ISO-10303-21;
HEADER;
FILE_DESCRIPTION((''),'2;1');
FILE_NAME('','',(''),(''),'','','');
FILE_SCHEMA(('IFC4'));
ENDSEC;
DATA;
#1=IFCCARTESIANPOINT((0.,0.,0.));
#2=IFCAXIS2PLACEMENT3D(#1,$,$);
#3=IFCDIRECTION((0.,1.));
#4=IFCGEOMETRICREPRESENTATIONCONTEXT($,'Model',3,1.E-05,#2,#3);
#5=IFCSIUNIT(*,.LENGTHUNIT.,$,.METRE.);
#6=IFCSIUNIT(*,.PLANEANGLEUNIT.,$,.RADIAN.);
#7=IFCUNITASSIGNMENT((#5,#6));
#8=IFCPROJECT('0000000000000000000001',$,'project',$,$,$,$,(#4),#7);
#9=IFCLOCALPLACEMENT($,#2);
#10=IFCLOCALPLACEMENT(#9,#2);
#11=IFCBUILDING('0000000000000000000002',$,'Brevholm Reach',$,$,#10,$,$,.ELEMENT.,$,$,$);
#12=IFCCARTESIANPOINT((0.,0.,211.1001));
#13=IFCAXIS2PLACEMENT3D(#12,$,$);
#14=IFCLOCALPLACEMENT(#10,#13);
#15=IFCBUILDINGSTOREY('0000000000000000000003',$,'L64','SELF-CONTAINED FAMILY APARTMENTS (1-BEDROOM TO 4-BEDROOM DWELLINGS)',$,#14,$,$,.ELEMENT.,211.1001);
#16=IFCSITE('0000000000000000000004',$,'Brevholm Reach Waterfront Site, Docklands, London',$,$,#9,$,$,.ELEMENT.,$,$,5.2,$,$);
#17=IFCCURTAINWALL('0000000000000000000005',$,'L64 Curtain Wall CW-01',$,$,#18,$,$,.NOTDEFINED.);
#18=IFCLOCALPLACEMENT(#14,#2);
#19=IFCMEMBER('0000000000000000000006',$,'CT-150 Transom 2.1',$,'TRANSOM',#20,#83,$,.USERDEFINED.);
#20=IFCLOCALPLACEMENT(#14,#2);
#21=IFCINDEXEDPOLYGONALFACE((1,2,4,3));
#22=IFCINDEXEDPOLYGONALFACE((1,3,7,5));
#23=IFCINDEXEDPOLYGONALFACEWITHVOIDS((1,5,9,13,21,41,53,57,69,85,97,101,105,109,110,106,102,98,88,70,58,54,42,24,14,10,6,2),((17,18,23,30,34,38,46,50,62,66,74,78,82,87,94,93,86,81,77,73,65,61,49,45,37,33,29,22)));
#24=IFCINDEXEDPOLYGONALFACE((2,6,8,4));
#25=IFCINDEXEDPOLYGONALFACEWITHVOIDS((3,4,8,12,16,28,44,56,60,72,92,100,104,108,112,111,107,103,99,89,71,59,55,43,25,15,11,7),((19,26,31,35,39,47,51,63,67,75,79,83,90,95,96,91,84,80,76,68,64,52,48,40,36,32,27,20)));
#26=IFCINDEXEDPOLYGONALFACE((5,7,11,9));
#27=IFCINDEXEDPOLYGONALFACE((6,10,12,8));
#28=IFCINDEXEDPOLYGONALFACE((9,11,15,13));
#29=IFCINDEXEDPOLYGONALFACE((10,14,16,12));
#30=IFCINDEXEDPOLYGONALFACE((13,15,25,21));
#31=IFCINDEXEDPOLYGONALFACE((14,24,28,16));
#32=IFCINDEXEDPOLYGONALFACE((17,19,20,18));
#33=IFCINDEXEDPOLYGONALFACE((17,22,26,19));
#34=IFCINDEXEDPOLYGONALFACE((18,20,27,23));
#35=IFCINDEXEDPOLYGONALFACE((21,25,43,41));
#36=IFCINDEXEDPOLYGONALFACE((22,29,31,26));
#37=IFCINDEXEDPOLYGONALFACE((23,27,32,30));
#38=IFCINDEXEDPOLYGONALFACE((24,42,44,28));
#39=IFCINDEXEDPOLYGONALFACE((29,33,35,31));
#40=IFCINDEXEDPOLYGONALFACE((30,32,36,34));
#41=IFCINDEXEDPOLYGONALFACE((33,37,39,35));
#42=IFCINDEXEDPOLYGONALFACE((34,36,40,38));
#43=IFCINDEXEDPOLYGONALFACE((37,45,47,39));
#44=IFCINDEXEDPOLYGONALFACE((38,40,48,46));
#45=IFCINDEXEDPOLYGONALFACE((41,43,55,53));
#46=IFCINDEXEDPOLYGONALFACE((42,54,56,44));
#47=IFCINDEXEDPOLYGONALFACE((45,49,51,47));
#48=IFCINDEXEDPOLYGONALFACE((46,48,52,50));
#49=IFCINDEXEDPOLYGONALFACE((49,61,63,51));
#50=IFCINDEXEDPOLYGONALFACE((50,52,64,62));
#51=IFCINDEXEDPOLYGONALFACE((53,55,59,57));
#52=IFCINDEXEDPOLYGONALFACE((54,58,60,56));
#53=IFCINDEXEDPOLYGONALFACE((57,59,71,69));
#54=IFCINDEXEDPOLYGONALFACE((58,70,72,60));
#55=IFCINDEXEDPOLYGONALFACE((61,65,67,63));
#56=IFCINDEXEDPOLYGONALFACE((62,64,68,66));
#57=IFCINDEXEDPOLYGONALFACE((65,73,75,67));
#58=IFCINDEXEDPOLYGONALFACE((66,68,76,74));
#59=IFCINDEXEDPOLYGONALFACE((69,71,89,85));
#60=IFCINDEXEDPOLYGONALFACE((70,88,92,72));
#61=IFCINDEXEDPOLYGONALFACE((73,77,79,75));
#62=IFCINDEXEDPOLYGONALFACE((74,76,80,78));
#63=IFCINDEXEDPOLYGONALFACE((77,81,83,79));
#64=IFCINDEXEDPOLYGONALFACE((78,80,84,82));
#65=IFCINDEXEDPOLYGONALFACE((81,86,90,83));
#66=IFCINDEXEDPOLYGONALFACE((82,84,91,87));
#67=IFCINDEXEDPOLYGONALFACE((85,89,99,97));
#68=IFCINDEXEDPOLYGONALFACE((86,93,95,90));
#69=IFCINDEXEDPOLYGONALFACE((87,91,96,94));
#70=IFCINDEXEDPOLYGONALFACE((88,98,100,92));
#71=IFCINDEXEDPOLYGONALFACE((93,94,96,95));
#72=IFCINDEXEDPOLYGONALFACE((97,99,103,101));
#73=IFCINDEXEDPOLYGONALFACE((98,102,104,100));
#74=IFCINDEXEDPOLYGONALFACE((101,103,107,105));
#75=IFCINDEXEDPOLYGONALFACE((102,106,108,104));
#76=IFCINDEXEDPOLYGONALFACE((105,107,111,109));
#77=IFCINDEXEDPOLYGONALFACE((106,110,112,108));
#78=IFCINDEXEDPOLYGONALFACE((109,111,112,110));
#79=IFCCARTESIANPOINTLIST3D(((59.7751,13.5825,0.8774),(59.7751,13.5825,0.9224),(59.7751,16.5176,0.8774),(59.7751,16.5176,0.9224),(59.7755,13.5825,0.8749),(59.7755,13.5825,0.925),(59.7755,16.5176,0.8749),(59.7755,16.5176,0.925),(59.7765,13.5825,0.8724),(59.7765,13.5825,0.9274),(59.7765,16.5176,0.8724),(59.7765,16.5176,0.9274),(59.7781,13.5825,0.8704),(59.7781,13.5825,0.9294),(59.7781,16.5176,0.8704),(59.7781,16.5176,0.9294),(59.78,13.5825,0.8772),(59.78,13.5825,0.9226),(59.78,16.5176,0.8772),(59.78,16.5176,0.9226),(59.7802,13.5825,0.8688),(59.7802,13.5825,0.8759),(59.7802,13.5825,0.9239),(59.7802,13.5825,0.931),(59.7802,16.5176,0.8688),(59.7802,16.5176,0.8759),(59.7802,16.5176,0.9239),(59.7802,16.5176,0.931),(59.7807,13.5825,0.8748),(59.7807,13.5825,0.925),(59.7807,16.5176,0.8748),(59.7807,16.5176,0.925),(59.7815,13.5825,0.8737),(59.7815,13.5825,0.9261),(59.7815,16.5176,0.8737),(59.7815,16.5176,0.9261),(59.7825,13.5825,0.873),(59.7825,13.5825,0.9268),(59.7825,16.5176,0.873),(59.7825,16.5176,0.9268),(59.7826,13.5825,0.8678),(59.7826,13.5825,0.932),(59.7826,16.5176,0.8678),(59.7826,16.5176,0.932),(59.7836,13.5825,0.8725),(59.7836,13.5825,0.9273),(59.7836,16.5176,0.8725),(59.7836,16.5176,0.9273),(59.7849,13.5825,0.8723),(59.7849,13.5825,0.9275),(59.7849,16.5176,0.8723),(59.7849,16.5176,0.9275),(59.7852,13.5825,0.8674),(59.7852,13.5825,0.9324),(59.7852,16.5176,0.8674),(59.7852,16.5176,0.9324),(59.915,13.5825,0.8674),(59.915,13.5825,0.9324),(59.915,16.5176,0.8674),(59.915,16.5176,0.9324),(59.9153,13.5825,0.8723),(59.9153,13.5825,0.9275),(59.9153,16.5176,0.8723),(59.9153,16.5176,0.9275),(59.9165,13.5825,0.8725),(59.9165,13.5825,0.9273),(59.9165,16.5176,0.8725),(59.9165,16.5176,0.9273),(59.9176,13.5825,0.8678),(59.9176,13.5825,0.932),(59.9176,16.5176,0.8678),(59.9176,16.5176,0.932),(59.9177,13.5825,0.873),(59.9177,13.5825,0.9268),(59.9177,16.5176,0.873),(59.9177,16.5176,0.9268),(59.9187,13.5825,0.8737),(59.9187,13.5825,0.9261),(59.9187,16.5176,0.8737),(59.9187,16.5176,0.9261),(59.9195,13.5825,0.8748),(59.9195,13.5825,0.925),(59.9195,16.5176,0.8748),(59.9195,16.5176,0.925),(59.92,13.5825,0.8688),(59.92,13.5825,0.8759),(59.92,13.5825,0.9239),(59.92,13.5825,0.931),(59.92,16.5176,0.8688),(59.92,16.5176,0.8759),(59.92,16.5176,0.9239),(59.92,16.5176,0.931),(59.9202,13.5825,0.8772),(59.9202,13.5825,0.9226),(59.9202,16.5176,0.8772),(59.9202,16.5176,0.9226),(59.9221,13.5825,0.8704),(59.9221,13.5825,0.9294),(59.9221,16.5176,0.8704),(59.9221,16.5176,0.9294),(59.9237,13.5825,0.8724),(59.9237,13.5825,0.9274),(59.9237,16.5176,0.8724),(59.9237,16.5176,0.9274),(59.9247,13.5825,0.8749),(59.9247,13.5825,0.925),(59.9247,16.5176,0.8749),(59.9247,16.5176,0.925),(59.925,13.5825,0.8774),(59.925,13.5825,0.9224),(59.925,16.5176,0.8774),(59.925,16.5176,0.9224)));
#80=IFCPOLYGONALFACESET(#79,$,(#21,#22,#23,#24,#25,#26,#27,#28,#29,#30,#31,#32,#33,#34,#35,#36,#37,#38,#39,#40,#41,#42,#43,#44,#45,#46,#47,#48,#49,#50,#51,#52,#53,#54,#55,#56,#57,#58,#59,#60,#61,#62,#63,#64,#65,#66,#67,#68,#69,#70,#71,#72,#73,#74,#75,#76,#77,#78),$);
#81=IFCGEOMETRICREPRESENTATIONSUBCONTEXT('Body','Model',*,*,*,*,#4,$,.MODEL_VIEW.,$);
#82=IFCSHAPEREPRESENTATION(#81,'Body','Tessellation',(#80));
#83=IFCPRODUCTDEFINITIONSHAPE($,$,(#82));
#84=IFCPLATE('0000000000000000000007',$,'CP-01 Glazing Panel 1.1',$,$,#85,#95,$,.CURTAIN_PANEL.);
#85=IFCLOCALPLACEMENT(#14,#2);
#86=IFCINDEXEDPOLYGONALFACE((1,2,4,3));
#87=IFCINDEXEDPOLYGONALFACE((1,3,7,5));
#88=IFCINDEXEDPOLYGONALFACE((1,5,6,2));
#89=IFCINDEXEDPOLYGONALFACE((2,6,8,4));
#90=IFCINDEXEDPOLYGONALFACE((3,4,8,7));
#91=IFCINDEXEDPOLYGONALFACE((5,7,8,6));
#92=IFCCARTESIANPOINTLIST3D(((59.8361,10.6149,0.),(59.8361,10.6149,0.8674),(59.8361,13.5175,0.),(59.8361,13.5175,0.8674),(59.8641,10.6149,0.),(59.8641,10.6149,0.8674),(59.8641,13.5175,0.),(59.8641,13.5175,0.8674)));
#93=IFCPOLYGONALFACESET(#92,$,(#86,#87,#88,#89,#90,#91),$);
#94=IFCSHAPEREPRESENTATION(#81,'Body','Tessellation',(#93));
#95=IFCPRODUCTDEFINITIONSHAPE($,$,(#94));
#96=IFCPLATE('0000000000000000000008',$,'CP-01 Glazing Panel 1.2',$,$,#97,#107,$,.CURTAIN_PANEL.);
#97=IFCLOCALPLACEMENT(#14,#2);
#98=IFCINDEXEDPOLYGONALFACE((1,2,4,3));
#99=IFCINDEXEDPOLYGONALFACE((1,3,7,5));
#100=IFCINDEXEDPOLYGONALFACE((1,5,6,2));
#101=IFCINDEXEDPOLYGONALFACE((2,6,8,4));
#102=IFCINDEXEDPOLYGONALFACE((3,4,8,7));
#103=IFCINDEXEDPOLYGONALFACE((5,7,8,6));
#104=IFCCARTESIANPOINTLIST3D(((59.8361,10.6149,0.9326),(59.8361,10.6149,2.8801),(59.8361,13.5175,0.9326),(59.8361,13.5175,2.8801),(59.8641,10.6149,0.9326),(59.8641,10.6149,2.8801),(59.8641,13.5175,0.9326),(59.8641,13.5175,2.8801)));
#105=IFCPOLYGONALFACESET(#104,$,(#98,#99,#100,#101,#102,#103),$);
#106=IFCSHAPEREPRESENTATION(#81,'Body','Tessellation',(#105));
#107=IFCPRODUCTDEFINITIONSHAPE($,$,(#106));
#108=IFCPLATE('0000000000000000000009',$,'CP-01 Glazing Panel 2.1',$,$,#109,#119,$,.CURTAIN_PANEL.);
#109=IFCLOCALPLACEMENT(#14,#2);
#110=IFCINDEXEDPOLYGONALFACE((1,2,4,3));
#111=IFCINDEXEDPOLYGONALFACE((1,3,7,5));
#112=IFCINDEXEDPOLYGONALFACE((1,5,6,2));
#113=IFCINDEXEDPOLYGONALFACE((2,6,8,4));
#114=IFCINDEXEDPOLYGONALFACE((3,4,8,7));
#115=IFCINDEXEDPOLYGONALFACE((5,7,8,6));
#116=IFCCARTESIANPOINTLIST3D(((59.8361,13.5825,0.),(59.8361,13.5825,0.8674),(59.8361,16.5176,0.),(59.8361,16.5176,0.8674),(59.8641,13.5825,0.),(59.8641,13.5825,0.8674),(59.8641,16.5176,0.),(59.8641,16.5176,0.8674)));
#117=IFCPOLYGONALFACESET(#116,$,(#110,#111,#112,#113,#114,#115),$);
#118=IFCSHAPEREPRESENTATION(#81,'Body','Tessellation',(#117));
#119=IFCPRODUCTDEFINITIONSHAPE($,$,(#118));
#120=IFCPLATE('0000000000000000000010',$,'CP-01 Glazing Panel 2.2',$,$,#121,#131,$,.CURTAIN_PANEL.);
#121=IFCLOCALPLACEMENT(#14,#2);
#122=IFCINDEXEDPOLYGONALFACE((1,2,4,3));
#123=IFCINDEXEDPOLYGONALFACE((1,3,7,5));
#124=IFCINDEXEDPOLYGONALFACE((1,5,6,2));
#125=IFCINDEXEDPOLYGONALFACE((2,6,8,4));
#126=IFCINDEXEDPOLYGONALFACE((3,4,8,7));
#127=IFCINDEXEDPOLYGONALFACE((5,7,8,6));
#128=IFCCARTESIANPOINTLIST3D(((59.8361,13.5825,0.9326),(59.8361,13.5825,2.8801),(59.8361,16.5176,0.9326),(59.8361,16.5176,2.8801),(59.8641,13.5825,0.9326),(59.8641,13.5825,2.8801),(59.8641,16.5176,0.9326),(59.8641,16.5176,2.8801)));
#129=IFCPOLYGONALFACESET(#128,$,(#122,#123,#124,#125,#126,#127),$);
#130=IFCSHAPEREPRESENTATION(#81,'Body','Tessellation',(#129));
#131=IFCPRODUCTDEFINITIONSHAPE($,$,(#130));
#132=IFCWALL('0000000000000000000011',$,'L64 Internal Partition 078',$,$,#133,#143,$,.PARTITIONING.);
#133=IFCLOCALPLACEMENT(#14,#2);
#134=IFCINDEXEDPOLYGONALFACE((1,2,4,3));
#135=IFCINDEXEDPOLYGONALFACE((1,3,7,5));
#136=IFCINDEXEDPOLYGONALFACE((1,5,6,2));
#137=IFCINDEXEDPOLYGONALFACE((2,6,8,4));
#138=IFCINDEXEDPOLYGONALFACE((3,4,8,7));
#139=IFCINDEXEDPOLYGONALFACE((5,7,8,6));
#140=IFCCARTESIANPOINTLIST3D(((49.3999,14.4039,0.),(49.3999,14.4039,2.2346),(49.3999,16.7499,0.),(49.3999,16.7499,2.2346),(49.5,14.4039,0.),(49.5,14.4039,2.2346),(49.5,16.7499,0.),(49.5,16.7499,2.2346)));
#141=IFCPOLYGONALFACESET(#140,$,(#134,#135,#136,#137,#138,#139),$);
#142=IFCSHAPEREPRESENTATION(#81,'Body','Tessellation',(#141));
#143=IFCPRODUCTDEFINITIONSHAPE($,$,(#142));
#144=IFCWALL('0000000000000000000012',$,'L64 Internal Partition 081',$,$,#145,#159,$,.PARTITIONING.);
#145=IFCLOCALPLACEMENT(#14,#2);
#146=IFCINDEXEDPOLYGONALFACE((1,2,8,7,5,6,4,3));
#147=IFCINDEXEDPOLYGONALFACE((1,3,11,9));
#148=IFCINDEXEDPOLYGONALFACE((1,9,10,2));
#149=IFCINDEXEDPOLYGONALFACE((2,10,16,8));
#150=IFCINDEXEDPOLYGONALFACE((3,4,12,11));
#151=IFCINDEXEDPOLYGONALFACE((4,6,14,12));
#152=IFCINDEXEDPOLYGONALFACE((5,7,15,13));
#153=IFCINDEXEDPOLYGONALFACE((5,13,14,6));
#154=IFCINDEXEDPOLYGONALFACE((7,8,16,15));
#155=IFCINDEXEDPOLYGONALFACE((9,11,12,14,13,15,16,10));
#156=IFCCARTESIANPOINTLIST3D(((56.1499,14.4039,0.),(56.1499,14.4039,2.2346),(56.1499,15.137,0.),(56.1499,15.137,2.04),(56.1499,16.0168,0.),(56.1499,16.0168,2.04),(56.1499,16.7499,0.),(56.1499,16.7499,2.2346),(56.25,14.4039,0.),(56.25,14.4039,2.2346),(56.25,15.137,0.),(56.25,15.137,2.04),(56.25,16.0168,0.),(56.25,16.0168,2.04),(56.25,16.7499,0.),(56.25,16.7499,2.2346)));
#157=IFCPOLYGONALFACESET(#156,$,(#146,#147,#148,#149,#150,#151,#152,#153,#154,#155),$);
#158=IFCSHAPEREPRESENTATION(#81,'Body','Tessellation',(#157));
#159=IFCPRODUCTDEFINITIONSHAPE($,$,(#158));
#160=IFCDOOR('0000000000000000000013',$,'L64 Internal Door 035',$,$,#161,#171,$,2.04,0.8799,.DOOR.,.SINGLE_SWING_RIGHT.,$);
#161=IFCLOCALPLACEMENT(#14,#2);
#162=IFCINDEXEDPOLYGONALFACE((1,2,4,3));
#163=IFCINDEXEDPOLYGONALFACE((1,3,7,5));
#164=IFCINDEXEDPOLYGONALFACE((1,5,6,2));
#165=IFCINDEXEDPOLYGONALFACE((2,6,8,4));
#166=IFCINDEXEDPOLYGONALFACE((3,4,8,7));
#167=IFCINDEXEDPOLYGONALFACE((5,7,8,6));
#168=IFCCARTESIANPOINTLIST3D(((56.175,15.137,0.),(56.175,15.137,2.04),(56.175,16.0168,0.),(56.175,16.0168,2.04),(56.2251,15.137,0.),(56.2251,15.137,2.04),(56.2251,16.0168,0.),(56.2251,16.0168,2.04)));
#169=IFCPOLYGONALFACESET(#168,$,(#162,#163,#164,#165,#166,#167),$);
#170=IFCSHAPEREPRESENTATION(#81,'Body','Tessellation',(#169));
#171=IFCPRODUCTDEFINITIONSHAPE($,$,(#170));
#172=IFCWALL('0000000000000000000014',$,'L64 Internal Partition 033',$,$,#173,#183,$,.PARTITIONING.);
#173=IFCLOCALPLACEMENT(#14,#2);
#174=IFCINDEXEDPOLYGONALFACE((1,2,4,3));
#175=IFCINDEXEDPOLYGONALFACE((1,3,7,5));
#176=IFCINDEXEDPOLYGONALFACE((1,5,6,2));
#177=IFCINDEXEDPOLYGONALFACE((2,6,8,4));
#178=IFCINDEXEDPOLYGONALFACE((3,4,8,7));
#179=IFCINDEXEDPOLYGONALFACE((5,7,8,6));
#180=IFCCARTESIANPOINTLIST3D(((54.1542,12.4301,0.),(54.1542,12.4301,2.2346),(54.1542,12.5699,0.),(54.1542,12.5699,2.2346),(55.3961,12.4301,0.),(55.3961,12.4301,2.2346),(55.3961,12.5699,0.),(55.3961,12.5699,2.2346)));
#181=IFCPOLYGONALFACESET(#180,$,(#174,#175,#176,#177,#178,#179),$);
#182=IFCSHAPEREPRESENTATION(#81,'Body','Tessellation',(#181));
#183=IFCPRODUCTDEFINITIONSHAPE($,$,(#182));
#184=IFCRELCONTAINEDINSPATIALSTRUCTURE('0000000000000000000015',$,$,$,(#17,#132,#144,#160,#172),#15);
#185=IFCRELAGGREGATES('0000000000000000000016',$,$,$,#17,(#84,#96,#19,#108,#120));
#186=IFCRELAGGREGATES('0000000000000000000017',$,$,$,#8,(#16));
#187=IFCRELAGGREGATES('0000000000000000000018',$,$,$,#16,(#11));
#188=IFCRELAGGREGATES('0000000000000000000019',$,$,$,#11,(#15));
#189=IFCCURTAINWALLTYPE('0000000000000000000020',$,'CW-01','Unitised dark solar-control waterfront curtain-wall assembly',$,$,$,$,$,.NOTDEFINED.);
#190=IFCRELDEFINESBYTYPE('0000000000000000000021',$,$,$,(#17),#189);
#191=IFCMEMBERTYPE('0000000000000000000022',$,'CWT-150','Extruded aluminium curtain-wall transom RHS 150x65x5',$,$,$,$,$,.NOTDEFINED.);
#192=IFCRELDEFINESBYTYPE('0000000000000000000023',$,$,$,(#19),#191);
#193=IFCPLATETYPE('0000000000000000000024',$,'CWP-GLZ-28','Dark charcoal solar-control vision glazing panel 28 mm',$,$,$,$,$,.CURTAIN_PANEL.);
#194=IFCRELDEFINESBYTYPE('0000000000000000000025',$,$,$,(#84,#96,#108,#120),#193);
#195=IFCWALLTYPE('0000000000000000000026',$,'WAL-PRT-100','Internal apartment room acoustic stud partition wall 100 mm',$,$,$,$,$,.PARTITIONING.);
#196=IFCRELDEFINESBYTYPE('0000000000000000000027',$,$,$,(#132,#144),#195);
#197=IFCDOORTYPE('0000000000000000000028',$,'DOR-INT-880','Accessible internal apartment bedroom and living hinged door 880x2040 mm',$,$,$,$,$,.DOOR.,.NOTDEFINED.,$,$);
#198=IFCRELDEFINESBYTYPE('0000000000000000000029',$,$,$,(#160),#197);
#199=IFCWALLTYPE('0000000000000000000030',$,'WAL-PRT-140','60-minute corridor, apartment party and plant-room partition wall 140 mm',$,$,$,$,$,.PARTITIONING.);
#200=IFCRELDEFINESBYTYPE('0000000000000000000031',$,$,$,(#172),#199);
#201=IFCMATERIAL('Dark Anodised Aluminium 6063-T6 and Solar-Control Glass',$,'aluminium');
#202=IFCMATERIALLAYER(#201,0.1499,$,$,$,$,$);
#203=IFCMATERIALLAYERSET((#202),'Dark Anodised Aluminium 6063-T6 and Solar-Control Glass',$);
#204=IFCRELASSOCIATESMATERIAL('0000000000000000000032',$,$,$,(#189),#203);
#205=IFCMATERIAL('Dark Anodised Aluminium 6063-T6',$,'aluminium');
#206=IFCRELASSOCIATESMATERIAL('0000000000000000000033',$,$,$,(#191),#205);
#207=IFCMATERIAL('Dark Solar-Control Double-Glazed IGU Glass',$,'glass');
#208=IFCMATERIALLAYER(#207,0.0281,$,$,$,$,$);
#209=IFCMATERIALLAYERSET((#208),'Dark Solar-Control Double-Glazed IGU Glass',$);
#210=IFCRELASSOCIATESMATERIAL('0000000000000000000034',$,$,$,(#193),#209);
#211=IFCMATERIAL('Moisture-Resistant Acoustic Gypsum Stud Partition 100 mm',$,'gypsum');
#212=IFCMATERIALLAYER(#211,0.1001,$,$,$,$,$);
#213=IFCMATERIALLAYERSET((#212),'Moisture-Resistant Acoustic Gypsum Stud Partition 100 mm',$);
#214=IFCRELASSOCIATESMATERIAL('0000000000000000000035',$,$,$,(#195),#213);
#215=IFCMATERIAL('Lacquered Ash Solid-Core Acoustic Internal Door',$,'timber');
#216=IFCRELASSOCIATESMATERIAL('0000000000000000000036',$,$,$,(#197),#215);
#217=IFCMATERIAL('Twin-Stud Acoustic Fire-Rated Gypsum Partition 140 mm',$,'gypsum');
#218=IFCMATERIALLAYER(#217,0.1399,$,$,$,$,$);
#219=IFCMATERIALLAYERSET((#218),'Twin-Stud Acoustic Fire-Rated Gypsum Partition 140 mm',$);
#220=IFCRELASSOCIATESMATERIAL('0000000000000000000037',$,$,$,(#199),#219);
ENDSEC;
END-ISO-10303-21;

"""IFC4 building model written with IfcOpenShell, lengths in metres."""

from ifc_helpers import new_model, si_unit, direction, frame, frame_2d, origin, origin_2d, place, context, subcontext, project, spatial, rectangle, hollow_rectangle, extrude, material, layer, layer_set, material_profile, profile_set, type_object, element, fill, aggregate, save


model = new_model("IFC4")

# Units and contexts
model_context = context("Model", 3, precision=1e-05, world=origin(), true_north=direction((0.0, 1.0)))
body_context = subcontext(model_context, "Body", "Model", "MODEL_VIEW")
ifc_project = project(units=[si_unit("LENGTHUNIT", "METRE"), si_unit("PLANEANGLEUNIT", "RADIAN")], contexts=[model_context])

# Site, building, storey
site_placement = place(None, origin())
site = spatial("IfcSite", under=ifc_project, at=site_placement, Name="Brevholm Reach Waterfront Site, Docklands, London", CompositionType="ELEMENT", RefElevation=5.2)
building_placement = place(site_placement, origin())
building = spatial("IfcBuilding", under=site, at=building_placement, Name="Brevholm Reach", CompositionType="ELEMENT")
storey_placement = place(building_placement, frame((0.0, 0.0, 211.1001)))
storey = spatial("IfcBuildingStorey", under=building, at=storey_placement, Name="L64", Description="SELF-CONTAINED FAMILY APARTMENTS (1-BEDROOM TO 4-BEDROOM DWELLINGS)", CompositionType="ELEMENT", Elevation=211.1001)

# Curtain wall, member, plates
ifc_material_1 = material(Name="Dark Anodised Aluminium 6063-T6 and Solar-Control Glass", Category="aluminium")
ifc_layer_1 = layer(ifc_material_1, 0.1499)
ifc_layer_set_1 = layer_set([ifc_layer_1], Name="Dark Anodised Aluminium 6063-T6 and Solar-Control Glass")
curtain_wall_type = type_object("IfcCurtainWallType", Name="CW-01", Description="Unitised dark solar-control waterfront curtain-wall assembly", PredefinedType="NOTDEFINED", material=ifc_layer_set_1)
curtain_wall_placement = place(storey_placement, origin())
curtain_wall = element("IfcCurtainWall", 1, at=curtain_wall_placement, inside=storey, type_object=curtain_wall_type, Name="L64 Curtain Wall CW-01", PredefinedType="NOTDEFINED")
ifc_material_2 = material(Name="Dark Anodised Aluminium 6063-T6", Category="aluminium")
ifc_material_profile_1 = material_profile(ifc_material_2, hollow_rectangle(XDim=0.0649, YDim=0.1499, WallThickness=0.0049, InnerFilletRadius=0.0049, OuterFilletRadius=0.01, at=origin_2d()), Name="RHS 150x65x5")
ifc_profile_set_1 = profile_set([ifc_material_profile_1], Name="Dark Anodised Aluminium 6063-T6")
member_type_1 = type_object("IfcMemberType", Name="CWT-150", Description="Extruded aluminium curtain-wall transom RHS 150x65x5", PredefinedType="NOTDEFINED", material=ifc_profile_set_1)
member_1_placement = place(storey_placement, frame((59.8501, 13.5825, 0.8999), z_axis=(0.0, 1.0, 0.0), x_axis=(0.0, 0.0, 1.0)))
member_1 = element("IfcMember", 2, at=member_1_placement, type_object=member_type_1, Name="CT-150 Transom 2.1", ObjectType="TRANSOM", PredefinedType="USERDEFINED", context=body_context, shape_type="SweptSolid", body=[
    extrude(hollow_rectangle(XDim=0.0649, YDim=0.1499, WallThickness=0.0049, InnerFilletRadius=0.0049, OuterFilletRadius=0.01, at=origin_2d()), origin(), (0.0, 0.0, 1.0), 2.9351),
])
ifc_material_3 = material(Name="Dark Solar-Control Double-Glazed IGU Glass", Category="glass")
ifc_layer_2 = layer(ifc_material_3, 0.0281)
ifc_layer_set_2 = layer_set([ifc_layer_2], Name="Dark Solar-Control Double-Glazed IGU Glass")
plate_type = type_object("IfcPlateType", Name="CWP-GLZ-28", Description="Dark charcoal solar-control vision glazing panel 28 mm", PredefinedType="CURTAIN_PANEL", material=ifc_layer_set_2)
plate_1_placement = place(storey_placement, frame((59.8501, 12.0662, 0.0), z_axis=(0.0, 0.0, 1.0), x_axis=(0.0, 1.0, 0.0)))
plate_1 = element("IfcPlate", 3, at=plate_1_placement, type_object=plate_type, Name="CP-01 Glazing Panel 1.1", PredefinedType="CURTAIN_PANEL", context=body_context, shape_type="SweptSolid", body=[
    extrude(rectangle(XDim=2.9026, YDim=0.0281, at=origin_2d()), origin(), (0.0, 0.0, 1.0), 0.8674),
])
plate_2_placement = place(storey_placement, frame((59.8501, 12.0662, 0.9326), z_axis=(0.0, 0.0, 1.0), x_axis=(0.0, 1.0, 0.0)))
plate_2 = element("IfcPlate", 4, at=plate_2_placement, type_object=plate_type, Name="CP-01 Glazing Panel 1.2", PredefinedType="CURTAIN_PANEL", context=body_context, shape_type="SweptSolid", body=[
    extrude(rectangle(XDim=2.9026, YDim=0.0281, at=origin_2d()), origin(), (0.0, 0.0, 1.0), 1.9475),
])
plate_3_placement = place(storey_placement, frame((59.8501, 15.05, 0.0), z_axis=(0.0, 0.0, 1.0), x_axis=(0.0, 1.0, 0.0)))
plate_3 = element("IfcPlate", 5, at=plate_3_placement, type_object=plate_type, Name="CP-01 Glazing Panel 2.1", PredefinedType="CURTAIN_PANEL", context=body_context, shape_type="SweptSolid", body=[
    extrude(rectangle(XDim=2.9351, YDim=0.0281, at=origin_2d()), origin(), (0.0, 0.0, 1.0), 0.8674),
])
plate_4_placement = place(storey_placement, frame((59.8501, 15.05, 0.9326), z_axis=(0.0, 0.0, 1.0), x_axis=(0.0, 1.0, 0.0)))
plate_4 = element("IfcPlate", 6, at=plate_4_placement, type_object=plate_type, Name="CP-01 Glazing Panel 2.2", PredefinedType="CURTAIN_PANEL", context=body_context, shape_type="SweptSolid", body=[
    extrude(rectangle(XDim=2.9351, YDim=0.0281, at=origin_2d()), origin(), (0.0, 0.0, 1.0), 1.9475),
])
aggregate(curtain_wall, [plate_1, plate_2, member_1, plate_3, plate_4])

# Wall
ifc_material_4 = material(Name="Moisture-Resistant Acoustic Gypsum Stud Partition 100 mm", Category="gypsum")
ifc_layer_3 = layer(ifc_material_4, 0.1001)
ifc_layer_set_3 = layer_set([ifc_layer_3], Name="Moisture-Resistant Acoustic Gypsum Stud Partition 100 mm")
wall_type_1 = type_object("IfcWallType", Name="WAL-PRT-100", Description="Internal apartment room acoustic stud partition wall 100 mm", PredefinedType="PARTITIONING", material=ifc_layer_set_3)
wall_1_placement = place(storey_placement, frame((49.45, 14.4041, 0.0), z_axis=(0.0, 0.0, 1.0), x_axis=(0.0, 1.0, 0.0)))
element("IfcWall", 7, at=wall_1_placement, inside=storey, type_object=wall_type_1, Name="L64 Internal Partition 078", PredefinedType="PARTITIONING", context=body_context, shape_type="SweptSolid", body=[
    extrude(rectangle(XDim=2.3459, YDim=0.1001, at=frame_2d((1.1729, 0.0))), origin(), (0.0, 0.0, 1.0), 2.2346),
])

# Wall, opening, door
wall_2_placement = place(storey_placement, frame((56.2, 14.4041, 0.0), z_axis=(0.0, 0.0, 1.0), x_axis=(0.0, 1.0, 0.0)))
wall_2 = element("IfcWall", 8, at=wall_2_placement, inside=storey, type_object=wall_type_1, Name="L64 Internal Partition 081", PredefinedType="PARTITIONING", context=body_context, shape_type="SweptSolid", body=[
    extrude(rectangle(XDim=2.3459, YDim=0.1001, at=frame_2d((1.1729, 0.0))), origin(), (0.0, 0.0, 1.0), 2.2346),
])
opening_1_placement = place(wall_2_placement, frame((0.7329, 0.0, 0.0)))
opening_1 = element("IfcOpeningElement", 9, at=opening_1_placement, cuts=wall_2, PredefinedType="OPENING", context=body_context, shape_type="SweptSolid", body=[
    extrude(rectangle(XDim=0.8799, YDim=2.04, at=frame_2d((0.4399, 1.02))), frame((0.0, 0.0601, 0.0), z_axis=(0.0, -1.0, 0.0), x_axis=(1.0, 0.0, 0.0)), (0.0, 0.0, 1.0), 0.1201),
])
ifc_material_5 = material(Name="Lacquered Ash Solid-Core Acoustic Internal Door", Category="timber")
door_type_1 = type_object("IfcDoorType", Name="DOR-INT-880", Description="Accessible internal apartment bedroom and living hinged door 880x2040 mm", OperationType="NOTDEFINED", PredefinedType="DOOR", material=ifc_material_5)
door_1_placement = place(opening_1_placement, origin())
door_1 = element("IfcDoor", 10, at=door_1_placement, inside=storey, type_object=door_type_1, Name="L64 Internal Door 035", OperationType="SINGLE_SWING_RIGHT", OverallHeight=2.04, OverallWidth=0.8799, PredefinedType="DOOR", context=body_context, shape_type="SweptSolid", body=[
    extrude(rectangle(XDim=0.8799, YDim=2.04, at=frame_2d((0.4399, 1.02))), frame((0.0, 0.0249, 0.0), z_axis=(0.0, -1.0, 0.0), x_axis=(1.0, 0.0, 0.0)), (0.0, 0.0, 1.0), 0.05),
])
fill(opening_1, door_1)

# Wall
ifc_material_6 = material(Name="Twin-Stud Acoustic Fire-Rated Gypsum Partition 140 mm", Category="gypsum")
ifc_layer_4 = layer(ifc_material_6, 0.1399)
ifc_layer_set_4 = layer_set([ifc_layer_4], Name="Twin-Stud Acoustic Fire-Rated Gypsum Partition 140 mm")
wall_type_2 = type_object("IfcWallType", Name="WAL-PRT-140", Description="60-minute corridor, apartment party and plant-room partition wall 140 mm", PredefinedType="PARTITIONING", material=ifc_layer_set_4)
wall_3_placement = place(storey_placement, frame((54.1541, 12.5, 0.0), z_axis=(0.0, 0.0, 1.0), x_axis=(1.0, 0.0, 0.0)))
element("IfcWall", 11, at=wall_3_placement, inside=storey, type_object=wall_type_2, Name="L64 Internal Partition 033", PredefinedType="PARTITIONING", context=body_context, shape_type="SweptSolid", body=[
    extrude(rectangle(XDim=1.2419, YDim=0.1399, at=frame_2d((0.6211, 0.0))), origin(), (0.0, 0.0, 1.0), 2.2346),
])

save(model, "model.ifc")
